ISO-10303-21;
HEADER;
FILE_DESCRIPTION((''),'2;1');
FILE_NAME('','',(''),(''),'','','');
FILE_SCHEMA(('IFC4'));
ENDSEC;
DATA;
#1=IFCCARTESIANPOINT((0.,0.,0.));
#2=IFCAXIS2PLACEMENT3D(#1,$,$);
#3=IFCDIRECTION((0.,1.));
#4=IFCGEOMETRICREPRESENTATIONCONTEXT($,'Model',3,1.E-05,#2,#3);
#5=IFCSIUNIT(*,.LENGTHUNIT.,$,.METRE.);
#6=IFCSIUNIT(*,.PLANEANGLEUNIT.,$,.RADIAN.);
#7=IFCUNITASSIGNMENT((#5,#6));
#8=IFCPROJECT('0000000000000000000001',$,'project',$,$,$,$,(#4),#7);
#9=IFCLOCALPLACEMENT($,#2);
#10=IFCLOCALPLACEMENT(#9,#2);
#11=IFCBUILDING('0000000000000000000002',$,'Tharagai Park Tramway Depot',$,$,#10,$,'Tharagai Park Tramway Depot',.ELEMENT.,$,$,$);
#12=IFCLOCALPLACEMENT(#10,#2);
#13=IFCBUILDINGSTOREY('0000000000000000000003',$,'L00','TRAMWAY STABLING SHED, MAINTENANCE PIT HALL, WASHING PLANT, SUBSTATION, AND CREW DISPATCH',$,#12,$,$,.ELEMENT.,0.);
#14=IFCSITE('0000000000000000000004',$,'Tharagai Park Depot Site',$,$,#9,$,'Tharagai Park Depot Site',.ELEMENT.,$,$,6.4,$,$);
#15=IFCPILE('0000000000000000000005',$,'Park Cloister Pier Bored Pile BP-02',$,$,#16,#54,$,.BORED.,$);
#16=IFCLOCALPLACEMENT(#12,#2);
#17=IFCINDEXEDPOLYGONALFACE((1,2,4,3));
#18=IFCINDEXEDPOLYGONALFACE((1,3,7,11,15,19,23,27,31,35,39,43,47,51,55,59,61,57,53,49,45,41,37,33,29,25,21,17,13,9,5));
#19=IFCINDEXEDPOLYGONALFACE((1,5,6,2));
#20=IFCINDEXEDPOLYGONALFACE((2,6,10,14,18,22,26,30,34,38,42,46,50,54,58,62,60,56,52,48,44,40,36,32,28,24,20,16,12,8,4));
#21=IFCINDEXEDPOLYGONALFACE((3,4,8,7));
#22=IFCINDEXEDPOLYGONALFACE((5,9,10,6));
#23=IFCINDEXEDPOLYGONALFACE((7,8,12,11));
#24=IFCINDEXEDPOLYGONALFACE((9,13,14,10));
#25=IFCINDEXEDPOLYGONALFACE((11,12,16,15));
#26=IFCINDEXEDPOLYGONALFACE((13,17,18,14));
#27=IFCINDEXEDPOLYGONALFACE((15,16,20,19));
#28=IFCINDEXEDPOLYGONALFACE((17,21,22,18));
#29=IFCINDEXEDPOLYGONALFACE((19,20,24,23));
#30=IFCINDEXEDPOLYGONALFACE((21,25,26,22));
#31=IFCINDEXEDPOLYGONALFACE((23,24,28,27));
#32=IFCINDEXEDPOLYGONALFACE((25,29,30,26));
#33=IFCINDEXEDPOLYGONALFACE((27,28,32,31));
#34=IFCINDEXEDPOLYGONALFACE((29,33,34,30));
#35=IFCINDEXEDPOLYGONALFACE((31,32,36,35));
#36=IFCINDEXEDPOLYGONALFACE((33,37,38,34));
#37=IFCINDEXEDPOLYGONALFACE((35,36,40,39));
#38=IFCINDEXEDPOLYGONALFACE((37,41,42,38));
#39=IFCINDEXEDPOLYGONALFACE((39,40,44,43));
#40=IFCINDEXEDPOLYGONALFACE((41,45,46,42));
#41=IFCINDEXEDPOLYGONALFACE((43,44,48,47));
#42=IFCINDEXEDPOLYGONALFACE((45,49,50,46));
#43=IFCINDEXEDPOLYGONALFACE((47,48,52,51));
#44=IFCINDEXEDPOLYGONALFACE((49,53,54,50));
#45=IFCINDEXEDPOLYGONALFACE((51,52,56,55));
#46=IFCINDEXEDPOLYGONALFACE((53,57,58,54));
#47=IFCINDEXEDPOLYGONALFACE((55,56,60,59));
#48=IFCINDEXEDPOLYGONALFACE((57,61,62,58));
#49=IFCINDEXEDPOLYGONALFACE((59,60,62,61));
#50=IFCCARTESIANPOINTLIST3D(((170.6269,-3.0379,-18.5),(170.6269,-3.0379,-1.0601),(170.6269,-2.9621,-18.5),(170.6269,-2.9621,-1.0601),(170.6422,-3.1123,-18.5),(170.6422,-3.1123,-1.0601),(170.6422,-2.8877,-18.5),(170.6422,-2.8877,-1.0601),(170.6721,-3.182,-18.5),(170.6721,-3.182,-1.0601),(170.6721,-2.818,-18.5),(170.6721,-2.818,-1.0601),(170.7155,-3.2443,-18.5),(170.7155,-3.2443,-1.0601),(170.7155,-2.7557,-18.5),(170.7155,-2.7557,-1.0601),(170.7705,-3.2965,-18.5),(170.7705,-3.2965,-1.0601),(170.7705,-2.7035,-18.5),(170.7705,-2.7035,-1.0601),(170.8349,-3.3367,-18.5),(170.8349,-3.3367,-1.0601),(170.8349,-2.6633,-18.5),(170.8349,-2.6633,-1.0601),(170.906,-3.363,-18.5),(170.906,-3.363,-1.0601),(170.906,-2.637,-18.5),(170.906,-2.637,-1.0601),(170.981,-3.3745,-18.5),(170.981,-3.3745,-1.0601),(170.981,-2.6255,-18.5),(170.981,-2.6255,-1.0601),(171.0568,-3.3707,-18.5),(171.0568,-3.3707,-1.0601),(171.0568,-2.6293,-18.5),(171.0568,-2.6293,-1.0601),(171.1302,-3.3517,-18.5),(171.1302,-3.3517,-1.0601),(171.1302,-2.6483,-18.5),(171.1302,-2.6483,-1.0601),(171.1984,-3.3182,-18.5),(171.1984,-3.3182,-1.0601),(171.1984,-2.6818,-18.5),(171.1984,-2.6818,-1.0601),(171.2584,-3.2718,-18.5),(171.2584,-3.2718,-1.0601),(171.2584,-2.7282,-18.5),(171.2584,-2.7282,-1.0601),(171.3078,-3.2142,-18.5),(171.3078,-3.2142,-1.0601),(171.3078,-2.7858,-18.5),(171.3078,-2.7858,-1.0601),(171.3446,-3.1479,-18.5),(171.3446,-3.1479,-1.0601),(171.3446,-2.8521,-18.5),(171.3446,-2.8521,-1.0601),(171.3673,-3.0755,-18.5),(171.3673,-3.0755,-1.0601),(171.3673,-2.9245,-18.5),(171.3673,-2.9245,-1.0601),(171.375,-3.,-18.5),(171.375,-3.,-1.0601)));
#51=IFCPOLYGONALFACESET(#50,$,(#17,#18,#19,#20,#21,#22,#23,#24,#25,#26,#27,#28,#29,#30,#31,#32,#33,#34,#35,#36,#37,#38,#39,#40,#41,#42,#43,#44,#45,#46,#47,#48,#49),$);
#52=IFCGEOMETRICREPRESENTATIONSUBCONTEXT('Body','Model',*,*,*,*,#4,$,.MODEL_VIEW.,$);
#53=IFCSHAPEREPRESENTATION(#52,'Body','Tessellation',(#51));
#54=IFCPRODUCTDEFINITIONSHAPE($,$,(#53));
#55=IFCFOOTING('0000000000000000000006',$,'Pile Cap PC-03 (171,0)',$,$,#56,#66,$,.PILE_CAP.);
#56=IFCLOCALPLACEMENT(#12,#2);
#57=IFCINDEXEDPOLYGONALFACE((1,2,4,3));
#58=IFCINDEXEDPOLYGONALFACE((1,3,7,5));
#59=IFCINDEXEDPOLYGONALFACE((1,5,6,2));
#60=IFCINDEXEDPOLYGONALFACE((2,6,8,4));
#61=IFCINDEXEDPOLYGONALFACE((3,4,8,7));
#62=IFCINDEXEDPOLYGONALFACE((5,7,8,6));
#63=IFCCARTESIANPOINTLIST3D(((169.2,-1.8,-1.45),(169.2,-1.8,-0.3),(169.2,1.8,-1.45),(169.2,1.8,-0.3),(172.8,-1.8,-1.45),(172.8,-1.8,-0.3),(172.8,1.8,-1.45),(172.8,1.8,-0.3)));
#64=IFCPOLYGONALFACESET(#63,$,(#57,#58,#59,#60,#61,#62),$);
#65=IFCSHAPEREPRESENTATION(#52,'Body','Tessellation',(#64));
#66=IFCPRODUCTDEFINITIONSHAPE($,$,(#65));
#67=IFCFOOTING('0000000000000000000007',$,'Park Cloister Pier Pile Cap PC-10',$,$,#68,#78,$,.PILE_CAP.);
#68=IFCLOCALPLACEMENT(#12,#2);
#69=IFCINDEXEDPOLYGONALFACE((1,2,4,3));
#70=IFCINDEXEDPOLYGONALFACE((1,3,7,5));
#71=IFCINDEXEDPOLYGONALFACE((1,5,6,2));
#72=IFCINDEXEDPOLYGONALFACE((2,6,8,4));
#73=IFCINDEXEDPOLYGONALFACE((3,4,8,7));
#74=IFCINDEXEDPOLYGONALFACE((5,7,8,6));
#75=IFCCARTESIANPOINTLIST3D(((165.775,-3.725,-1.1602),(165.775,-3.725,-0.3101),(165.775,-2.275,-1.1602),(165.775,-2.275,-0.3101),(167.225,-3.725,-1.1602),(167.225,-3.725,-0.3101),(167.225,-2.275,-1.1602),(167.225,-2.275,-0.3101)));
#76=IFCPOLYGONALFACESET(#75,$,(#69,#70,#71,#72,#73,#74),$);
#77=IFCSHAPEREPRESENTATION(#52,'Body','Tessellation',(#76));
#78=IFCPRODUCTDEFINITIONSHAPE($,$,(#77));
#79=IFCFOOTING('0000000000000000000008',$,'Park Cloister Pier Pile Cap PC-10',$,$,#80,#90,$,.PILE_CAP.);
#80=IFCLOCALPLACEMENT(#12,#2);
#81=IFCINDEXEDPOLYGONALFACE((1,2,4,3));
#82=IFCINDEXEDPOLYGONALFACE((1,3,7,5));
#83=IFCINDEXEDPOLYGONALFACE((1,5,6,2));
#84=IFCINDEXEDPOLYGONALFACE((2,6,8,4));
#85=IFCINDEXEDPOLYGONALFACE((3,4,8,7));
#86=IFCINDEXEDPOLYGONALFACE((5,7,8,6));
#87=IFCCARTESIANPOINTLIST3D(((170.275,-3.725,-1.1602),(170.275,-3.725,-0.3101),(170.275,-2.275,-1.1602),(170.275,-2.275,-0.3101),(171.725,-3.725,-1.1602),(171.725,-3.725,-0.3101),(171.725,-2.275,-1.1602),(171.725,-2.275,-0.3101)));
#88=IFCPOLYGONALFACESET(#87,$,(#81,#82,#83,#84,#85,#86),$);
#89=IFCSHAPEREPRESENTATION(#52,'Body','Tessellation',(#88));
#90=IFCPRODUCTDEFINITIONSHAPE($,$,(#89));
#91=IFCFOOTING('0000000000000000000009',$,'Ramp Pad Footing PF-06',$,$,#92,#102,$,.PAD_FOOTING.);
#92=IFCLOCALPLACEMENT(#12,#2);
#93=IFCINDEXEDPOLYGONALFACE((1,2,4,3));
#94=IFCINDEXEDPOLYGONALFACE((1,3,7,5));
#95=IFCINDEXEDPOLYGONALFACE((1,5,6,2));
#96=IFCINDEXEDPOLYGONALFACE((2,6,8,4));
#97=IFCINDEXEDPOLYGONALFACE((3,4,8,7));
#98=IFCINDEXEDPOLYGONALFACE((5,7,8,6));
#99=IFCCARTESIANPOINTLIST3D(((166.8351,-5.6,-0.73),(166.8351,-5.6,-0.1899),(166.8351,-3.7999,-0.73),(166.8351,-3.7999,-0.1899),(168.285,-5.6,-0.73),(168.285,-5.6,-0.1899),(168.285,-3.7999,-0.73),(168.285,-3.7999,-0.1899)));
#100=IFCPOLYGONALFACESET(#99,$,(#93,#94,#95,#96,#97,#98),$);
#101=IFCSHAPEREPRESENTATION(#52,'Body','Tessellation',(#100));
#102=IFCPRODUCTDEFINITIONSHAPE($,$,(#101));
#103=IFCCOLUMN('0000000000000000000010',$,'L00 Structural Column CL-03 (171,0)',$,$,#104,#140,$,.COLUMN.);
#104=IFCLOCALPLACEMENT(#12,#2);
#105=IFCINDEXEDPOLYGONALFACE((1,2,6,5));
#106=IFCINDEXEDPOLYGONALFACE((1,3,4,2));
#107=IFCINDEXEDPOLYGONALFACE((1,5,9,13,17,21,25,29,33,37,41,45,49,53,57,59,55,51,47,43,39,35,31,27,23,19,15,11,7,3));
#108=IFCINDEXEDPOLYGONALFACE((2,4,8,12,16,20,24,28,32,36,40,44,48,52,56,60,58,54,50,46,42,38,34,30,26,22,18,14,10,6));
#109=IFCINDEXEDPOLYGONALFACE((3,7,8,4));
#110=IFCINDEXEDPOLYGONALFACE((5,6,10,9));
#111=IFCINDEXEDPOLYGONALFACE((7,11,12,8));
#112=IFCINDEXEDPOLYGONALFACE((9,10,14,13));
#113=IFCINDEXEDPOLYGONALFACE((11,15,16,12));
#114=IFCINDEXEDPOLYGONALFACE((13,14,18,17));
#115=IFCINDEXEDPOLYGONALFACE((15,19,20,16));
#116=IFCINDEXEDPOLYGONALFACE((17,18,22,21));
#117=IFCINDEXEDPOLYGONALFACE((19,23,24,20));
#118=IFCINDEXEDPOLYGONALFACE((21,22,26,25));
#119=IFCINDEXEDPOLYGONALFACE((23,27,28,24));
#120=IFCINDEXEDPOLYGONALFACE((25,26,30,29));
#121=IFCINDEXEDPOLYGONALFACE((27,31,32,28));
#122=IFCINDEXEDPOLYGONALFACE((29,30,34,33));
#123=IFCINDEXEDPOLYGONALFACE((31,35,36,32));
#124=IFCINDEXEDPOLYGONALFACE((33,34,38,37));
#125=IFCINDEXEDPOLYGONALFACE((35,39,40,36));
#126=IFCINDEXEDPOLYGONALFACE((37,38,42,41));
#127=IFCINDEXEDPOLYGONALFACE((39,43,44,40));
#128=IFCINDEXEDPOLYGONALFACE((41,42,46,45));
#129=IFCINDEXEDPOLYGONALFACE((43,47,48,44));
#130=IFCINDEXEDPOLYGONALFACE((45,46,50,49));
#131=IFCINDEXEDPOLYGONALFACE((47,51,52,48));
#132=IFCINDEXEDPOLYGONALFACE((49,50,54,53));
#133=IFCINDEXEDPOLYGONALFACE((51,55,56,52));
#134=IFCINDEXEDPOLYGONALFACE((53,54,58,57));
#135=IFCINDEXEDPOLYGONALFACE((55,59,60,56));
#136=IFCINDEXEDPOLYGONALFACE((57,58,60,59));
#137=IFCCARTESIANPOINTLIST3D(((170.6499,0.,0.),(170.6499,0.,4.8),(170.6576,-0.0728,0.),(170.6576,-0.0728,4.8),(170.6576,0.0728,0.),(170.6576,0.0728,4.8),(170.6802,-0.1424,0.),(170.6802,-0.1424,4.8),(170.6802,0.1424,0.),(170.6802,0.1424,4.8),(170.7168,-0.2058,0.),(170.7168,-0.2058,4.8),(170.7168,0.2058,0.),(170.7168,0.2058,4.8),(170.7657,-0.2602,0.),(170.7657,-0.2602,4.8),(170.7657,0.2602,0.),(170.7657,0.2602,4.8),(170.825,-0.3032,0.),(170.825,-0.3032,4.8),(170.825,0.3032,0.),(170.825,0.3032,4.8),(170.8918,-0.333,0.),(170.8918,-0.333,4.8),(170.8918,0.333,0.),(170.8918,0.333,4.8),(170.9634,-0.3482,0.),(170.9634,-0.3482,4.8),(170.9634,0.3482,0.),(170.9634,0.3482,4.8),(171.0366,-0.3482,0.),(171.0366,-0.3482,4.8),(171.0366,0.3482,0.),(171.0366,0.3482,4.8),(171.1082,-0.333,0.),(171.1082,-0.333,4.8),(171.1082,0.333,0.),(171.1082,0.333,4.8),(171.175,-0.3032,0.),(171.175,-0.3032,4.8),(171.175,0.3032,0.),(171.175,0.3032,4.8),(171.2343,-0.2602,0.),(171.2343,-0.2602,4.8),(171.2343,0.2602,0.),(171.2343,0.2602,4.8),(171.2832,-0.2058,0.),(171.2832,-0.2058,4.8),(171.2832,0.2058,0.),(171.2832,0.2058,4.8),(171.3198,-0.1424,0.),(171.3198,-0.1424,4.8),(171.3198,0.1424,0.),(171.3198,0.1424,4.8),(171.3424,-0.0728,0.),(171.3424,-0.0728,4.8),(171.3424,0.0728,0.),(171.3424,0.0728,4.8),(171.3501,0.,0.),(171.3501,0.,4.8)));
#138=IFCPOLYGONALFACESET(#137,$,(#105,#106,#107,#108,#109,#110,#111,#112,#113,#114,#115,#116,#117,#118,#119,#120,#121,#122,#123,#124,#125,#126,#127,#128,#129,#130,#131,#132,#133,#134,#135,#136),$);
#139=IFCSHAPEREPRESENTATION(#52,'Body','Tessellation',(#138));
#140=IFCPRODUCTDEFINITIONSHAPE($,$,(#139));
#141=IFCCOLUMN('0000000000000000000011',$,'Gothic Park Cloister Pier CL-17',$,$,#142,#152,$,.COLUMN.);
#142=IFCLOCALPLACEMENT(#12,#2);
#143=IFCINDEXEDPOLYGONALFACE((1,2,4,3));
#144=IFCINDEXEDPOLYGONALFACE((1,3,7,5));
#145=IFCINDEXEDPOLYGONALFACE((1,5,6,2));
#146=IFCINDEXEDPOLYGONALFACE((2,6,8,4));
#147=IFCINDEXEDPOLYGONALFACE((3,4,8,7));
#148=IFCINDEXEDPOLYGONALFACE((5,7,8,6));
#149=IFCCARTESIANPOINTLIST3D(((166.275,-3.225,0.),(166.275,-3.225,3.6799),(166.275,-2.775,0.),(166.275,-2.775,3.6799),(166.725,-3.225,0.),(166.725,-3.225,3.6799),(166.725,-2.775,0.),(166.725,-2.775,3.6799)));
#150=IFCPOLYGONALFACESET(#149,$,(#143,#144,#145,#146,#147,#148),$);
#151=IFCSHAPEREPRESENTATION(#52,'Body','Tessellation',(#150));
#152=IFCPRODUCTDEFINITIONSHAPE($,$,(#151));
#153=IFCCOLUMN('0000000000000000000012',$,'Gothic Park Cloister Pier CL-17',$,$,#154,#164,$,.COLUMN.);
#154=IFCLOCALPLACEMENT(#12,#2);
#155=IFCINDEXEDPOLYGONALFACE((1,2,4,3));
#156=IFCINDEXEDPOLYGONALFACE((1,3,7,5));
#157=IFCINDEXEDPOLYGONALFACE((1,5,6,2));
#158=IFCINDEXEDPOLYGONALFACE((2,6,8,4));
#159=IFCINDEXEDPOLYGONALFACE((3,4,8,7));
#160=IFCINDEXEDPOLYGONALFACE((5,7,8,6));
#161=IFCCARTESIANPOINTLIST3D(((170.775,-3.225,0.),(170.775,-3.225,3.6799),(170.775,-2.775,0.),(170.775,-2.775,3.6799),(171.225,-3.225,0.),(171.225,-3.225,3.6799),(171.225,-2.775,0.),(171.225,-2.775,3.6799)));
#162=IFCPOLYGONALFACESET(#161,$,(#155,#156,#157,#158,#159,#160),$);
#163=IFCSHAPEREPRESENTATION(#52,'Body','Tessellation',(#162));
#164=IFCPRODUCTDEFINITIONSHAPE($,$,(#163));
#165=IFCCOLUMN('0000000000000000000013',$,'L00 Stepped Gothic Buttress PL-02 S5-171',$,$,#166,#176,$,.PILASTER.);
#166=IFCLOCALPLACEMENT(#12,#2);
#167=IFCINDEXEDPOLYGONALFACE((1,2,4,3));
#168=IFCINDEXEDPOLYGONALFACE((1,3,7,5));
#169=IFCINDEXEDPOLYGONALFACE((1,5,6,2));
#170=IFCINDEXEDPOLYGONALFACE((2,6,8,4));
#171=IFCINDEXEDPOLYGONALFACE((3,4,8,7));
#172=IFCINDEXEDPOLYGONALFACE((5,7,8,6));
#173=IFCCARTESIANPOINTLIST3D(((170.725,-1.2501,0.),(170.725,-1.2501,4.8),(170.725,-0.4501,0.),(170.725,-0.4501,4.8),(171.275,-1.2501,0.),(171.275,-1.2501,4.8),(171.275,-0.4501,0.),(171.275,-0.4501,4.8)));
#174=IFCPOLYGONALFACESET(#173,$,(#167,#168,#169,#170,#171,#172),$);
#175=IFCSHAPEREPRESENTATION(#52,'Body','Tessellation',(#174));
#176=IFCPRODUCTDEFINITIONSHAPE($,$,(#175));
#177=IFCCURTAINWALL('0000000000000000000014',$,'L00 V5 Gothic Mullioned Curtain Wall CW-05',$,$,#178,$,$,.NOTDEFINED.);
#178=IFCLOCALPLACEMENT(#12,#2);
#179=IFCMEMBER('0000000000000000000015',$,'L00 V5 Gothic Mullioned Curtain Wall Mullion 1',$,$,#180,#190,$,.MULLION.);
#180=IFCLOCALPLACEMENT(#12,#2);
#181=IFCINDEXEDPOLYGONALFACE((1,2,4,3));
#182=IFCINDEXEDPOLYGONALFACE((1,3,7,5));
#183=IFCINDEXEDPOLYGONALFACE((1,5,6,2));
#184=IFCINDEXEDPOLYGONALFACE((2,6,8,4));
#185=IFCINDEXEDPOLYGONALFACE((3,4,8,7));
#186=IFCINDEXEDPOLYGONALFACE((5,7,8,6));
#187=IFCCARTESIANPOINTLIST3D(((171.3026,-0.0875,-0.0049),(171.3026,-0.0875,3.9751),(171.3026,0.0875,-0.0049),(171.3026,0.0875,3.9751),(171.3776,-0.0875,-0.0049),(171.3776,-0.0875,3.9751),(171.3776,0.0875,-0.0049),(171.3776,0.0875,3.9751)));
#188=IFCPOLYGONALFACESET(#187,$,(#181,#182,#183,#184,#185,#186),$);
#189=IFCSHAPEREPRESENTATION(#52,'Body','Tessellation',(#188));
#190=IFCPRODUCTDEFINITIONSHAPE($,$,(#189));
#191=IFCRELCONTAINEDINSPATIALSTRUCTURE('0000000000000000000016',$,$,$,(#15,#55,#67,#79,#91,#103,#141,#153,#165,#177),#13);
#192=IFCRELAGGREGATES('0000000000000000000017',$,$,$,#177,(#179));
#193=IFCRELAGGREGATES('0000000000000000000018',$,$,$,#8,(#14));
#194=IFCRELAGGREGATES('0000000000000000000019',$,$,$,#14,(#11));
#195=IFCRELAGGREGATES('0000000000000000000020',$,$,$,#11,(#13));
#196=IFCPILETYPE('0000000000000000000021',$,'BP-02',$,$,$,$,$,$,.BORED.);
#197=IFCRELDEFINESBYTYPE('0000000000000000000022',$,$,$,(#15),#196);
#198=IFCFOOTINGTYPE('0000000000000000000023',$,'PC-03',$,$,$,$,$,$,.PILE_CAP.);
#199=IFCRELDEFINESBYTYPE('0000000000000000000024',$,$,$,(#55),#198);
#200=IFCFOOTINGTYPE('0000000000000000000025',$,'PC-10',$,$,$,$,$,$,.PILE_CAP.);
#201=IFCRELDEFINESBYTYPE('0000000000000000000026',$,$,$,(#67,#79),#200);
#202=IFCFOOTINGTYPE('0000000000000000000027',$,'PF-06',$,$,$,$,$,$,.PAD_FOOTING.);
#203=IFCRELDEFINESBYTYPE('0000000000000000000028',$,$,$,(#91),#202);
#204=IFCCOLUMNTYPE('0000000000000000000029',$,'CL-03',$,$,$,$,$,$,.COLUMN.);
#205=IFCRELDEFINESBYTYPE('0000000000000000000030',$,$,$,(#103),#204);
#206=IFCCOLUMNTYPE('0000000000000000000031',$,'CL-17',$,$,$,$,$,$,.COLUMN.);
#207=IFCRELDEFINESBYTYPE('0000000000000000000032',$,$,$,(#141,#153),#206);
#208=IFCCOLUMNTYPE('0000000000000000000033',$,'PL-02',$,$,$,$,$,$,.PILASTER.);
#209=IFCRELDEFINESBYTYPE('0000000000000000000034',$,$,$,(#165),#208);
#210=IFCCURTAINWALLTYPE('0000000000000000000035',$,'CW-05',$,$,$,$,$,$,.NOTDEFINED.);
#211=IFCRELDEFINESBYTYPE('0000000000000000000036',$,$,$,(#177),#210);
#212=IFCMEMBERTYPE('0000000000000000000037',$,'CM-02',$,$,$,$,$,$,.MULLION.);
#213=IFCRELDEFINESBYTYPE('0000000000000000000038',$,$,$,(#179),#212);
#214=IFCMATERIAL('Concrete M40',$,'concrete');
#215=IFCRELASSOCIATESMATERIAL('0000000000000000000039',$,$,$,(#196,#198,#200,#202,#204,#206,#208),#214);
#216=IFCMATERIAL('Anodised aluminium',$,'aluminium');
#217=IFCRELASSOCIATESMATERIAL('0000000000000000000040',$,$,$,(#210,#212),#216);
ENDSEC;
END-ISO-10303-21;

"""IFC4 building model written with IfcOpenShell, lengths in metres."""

from ifc_helpers import new_model, si_unit, direction, frame, origin, origin_2d, place, context, subcontext, project, spatial, rectangle, circle, extrude, material, material_profile, profile_set, type_object, element, aggregate, save


model = new_model("IFC4")

# Units and contexts
model_context = context("Model", 3, precision=1e-05, world=origin(), true_north=direction((0.0, 1.0)))
body_context = subcontext(model_context, "Body", "Model", "MODEL_VIEW")
ifc_project = project(units=[si_unit("LENGTHUNIT", "METRE"), si_unit("PLANEANGLEUNIT", "RADIAN")], contexts=[model_context])

# Site, building, storey
site_placement = place(None, origin())
site = spatial("IfcSite", under=ifc_project, at=site_placement, Name="Tharagai Park Depot Site", LongName="Tharagai Park Depot Site", CompositionType="ELEMENT", RefElevation=6.4)
building_placement = place(site_placement, origin())
building = spatial("IfcBuilding", under=site, at=building_placement, Name="Tharagai Park Tramway Depot", LongName="Tharagai Park Tramway Depot", CompositionType="ELEMENT")
storey_placement = place(building_placement, origin())
storey = spatial("IfcBuildingStorey", under=building, at=storey_placement, Name="L00", Description="TRAMWAY STABLING SHED, MAINTENANCE PIT HALL, WASHING PLANT, SUBSTATION, AND CREW DISPATCH", CompositionType="ELEMENT", Elevation=0.0)

# Pile
ifc_material_1 = material(Name="Concrete M40", Category="concrete")
ifc_material_profile_1 = material_profile(ifc_material_1, circle(Radius=0.375, at=origin_2d()), Name="PILE D750")
ifc_profile_set_1 = profile_set([ifc_material_profile_1], Name="Concrete M40")
pile_type = type_object("IfcPileType", Name="BP-02", PredefinedType="BORED", material=ifc_profile_set_1)
for number, where, z_axis, x_axis, name in (
    (1, (171.0, -3.0, -1.0601), (0.0, 0.0, -1.0), (1.0, 0.0, 0.0), "Park Cloister Pier Bored Pile BP-02"),
):
    element("IfcPile", number, at=place(storey_placement, frame(where, z_axis=z_axis, x_axis=x_axis)), inside=storey, type_object=pile_type, Name=name, PredefinedType="BORED", context=body_context, shape_type="SweptSolid", body=[
        extrude(circle(Radius=0.375, at=origin_2d()), origin(), (0.0, 0.0, 1.0), 17.4399),
    ])

# Footings
footing_type_1 = type_object("IfcFootingType", Name="PC-03", PredefinedType="PILE_CAP", material=ifc_material_1)
footing_1_placement = place(storey_placement, frame((171.0, 0.0, -1.45), z_axis=(0.0, 0.0, 1.0), x_axis=(1.0, 0.0, 0.0)))
element("IfcFooting", 2, at=footing_1_placement, inside=storey, type_object=footing_type_1, Name="Pile Cap PC-03 (171,0)", PredefinedType="PILE_CAP", context=body_context, shape_type="SweptSolid", body=[
    extrude(rectangle(XDim=3.6001, YDim=3.6001, at=origin_2d()), origin(), (0.0, 0.0, 1.0), 1.1499),
])
footing_type_2 = type_object("IfcFootingType", Name="PC-10", PredefinedType="PILE_CAP", material=ifc_material_1)
for number, where, z_axis, x_axis, name in (
    (3, (166.5, -3.0, -1.1602), (0.0, 0.0, 1.0), (1.0, 0.0, 0.0), "Park Cloister Pier Pile Cap PC-10"),
    (4, (171.0, -3.0, -1.1602), (0.0, 0.0, 1.0), (1.0, 0.0, 0.0), "Park Cloister Pier Pile Cap PC-10"),
):
    element("IfcFooting", number, at=place(storey_placement, frame(where, z_axis=z_axis, x_axis=x_axis)), inside=storey, type_object=footing_type_2, Name=name, PredefinedType="PILE_CAP", context=body_context, shape_type="SweptSolid", body=[
        extrude(rectangle(XDim=1.45, YDim=1.45, at=origin_2d()), origin(), (0.0, 0.0, 1.0), 0.8501),
    ])
footing_type_3 = type_object("IfcFootingType", Name="PF-06", PredefinedType="PAD_FOOTING", material=ifc_material_1)
footing_2_placement = place(storey_placement, frame((167.5601, -4.7, -0.73), z_axis=(0.0, 0.0, 1.0), x_axis=(1.0, 0.0, 0.0)))
element("IfcFooting", 5, at=footing_2_placement, inside=storey, type_object=footing_type_3, Name="Ramp Pad Footing PF-06", PredefinedType="PAD_FOOTING", context=body_context, shape_type="SweptSolid", body=[
    extrude(rectangle(XDim=1.45, YDim=1.8, at=origin_2d()), origin(), (0.0, 0.0, 1.0), 0.54),
])

# Columns
ifc_material_profile_2 = material_profile(ifc_material_1, circle(Radius=0.3501, at=origin_2d()), Name="RC D700")
ifc_profile_set_2 = profile_set([ifc_material_profile_2], Name="Concrete M40")
column_type_1 = type_object("IfcColumnType", Name="CL-03", PredefinedType="COLUMN", material=ifc_profile_set_2)
column_1_placement = place(storey_placement, frame((171.0, 0.0, 0.0), z_axis=(0.0, 0.0, 1.0), x_axis=(1.0, 0.0, 0.0)))
element("IfcColumn", 6, at=column_1_placement, inside=storey, type_object=column_type_1, Name="L00 Structural Column CL-03 (171,0)", PredefinedType="COLUMN", context=body_context, shape_type="SweptSolid", body=[
    extrude(circle(Radius=0.3501, at=origin_2d()), origin(), (0.0, 0.0, 1.0), 4.8),
])
ifc_material_profile_3 = material_profile(ifc_material_1, rectangle(XDim=0.45, YDim=0.45, at=origin_2d()), Name="RC 450x450")
ifc_profile_set_3 = profile_set([ifc_material_profile_3], Name="Concrete M40")
column_type_2 = type_object("IfcColumnType", Name="CL-17", PredefinedType="COLUMN", material=ifc_profile_set_3)
for number, where, z_axis, x_axis, name in (
    (7, (166.5, -3.0, 0.0), (0.0, 0.0, 1.0), (1.0, 0.0, 0.0), "Gothic Park Cloister Pier CL-17"),
    (8, (171.0, -3.0, 0.0), (0.0, 0.0, 1.0), (1.0, 0.0, 0.0), "Gothic Park Cloister Pier CL-17"),
):
    element("IfcColumn", number, at=place(storey_placement, frame(where, z_axis=z_axis, x_axis=x_axis)), inside=storey, type_object=column_type_2, Name=name, PredefinedType="COLUMN", context=body_context, shape_type="SweptSolid", body=[
        extrude(rectangle(XDim=0.45, YDim=0.45, at=origin_2d()), origin(), (0.0, 0.0, 1.0), 3.6799),
    ])
ifc_material_profile_4 = material_profile(ifc_material_1, rectangle(XDim=0.55, YDim=0.8, at=origin_2d()), Name="RC 550x800")
ifc_profile_set_4 = profile_set([ifc_material_profile_4], Name="Concrete M40")
column_type_3 = type_object("IfcColumnType", Name="PL-02", PredefinedType="PILASTER", material=ifc_profile_set_4)
column_2_placement = place(storey_placement, frame((171.0, -0.8501, 0.0), z_axis=(0.0, 0.0, 1.0), x_axis=(1.0, 0.0, 0.0)))
element("IfcColumn", 9, at=column_2_placement, inside=storey, type_object=column_type_3, Name="L00 Stepped Gothic Buttress PL-02 S5-171", PredefinedType="PILASTER", context=body_context, shape_type="SweptSolid", body=[
    extrude(rectangle(XDim=0.55, YDim=0.8, at=origin_2d()), origin(), (0.0, 0.0, 1.0), 4.8),
])

# Curtain wall, member
ifc_material_2 = material(Name="Anodised aluminium", Category="aluminium")
curtain_wall_type = type_object("IfcCurtainWallType", Name="CW-05", PredefinedType="NOTDEFINED", material=ifc_material_2)
curtain_wall_placement = place(storey_placement, origin())
curtain_wall = element("IfcCurtainWall", 10, at=curtain_wall_placement, inside=storey, type_object=curtain_wall_type, Name="L00 V5 Gothic Mullioned Curtain Wall CW-05", PredefinedType="NOTDEFINED")
ifc_material_profile_5 = material_profile(ifc_material_2, rectangle(XDim=0.075, YDim=0.175, at=origin_2d()), Name="ALU 75x175")
ifc_profile_set_5 = profile_set([ifc_material_profile_5], Name="Anodised aluminium")
member_type_1 = type_object("IfcMemberType", Name="CM-02", PredefinedType="MULLION", material=ifc_profile_set_5)
member_1_placement = place(storey_placement, frame((171.3401, 0.0, -0.0049), z_axis=(0.0, 0.0, 1.0), x_axis=(1.0, 0.0, 0.0)))
member_1 = element("IfcMember", 11, at=member_1_placement, type_object=member_type_1, Name="L00 V5 Gothic Mullioned Curtain Wall Mullion 1", PredefinedType="MULLION", context=body_context, shape_type="SweptSolid", body=[
    extrude(rectangle(XDim=0.075, YDim=0.175, at=origin_2d()), origin(), (0.0, 0.0, 1.0), 3.98),
])
aggregate(curtain_wall, [member_1])

save(model, "model.ifc")
